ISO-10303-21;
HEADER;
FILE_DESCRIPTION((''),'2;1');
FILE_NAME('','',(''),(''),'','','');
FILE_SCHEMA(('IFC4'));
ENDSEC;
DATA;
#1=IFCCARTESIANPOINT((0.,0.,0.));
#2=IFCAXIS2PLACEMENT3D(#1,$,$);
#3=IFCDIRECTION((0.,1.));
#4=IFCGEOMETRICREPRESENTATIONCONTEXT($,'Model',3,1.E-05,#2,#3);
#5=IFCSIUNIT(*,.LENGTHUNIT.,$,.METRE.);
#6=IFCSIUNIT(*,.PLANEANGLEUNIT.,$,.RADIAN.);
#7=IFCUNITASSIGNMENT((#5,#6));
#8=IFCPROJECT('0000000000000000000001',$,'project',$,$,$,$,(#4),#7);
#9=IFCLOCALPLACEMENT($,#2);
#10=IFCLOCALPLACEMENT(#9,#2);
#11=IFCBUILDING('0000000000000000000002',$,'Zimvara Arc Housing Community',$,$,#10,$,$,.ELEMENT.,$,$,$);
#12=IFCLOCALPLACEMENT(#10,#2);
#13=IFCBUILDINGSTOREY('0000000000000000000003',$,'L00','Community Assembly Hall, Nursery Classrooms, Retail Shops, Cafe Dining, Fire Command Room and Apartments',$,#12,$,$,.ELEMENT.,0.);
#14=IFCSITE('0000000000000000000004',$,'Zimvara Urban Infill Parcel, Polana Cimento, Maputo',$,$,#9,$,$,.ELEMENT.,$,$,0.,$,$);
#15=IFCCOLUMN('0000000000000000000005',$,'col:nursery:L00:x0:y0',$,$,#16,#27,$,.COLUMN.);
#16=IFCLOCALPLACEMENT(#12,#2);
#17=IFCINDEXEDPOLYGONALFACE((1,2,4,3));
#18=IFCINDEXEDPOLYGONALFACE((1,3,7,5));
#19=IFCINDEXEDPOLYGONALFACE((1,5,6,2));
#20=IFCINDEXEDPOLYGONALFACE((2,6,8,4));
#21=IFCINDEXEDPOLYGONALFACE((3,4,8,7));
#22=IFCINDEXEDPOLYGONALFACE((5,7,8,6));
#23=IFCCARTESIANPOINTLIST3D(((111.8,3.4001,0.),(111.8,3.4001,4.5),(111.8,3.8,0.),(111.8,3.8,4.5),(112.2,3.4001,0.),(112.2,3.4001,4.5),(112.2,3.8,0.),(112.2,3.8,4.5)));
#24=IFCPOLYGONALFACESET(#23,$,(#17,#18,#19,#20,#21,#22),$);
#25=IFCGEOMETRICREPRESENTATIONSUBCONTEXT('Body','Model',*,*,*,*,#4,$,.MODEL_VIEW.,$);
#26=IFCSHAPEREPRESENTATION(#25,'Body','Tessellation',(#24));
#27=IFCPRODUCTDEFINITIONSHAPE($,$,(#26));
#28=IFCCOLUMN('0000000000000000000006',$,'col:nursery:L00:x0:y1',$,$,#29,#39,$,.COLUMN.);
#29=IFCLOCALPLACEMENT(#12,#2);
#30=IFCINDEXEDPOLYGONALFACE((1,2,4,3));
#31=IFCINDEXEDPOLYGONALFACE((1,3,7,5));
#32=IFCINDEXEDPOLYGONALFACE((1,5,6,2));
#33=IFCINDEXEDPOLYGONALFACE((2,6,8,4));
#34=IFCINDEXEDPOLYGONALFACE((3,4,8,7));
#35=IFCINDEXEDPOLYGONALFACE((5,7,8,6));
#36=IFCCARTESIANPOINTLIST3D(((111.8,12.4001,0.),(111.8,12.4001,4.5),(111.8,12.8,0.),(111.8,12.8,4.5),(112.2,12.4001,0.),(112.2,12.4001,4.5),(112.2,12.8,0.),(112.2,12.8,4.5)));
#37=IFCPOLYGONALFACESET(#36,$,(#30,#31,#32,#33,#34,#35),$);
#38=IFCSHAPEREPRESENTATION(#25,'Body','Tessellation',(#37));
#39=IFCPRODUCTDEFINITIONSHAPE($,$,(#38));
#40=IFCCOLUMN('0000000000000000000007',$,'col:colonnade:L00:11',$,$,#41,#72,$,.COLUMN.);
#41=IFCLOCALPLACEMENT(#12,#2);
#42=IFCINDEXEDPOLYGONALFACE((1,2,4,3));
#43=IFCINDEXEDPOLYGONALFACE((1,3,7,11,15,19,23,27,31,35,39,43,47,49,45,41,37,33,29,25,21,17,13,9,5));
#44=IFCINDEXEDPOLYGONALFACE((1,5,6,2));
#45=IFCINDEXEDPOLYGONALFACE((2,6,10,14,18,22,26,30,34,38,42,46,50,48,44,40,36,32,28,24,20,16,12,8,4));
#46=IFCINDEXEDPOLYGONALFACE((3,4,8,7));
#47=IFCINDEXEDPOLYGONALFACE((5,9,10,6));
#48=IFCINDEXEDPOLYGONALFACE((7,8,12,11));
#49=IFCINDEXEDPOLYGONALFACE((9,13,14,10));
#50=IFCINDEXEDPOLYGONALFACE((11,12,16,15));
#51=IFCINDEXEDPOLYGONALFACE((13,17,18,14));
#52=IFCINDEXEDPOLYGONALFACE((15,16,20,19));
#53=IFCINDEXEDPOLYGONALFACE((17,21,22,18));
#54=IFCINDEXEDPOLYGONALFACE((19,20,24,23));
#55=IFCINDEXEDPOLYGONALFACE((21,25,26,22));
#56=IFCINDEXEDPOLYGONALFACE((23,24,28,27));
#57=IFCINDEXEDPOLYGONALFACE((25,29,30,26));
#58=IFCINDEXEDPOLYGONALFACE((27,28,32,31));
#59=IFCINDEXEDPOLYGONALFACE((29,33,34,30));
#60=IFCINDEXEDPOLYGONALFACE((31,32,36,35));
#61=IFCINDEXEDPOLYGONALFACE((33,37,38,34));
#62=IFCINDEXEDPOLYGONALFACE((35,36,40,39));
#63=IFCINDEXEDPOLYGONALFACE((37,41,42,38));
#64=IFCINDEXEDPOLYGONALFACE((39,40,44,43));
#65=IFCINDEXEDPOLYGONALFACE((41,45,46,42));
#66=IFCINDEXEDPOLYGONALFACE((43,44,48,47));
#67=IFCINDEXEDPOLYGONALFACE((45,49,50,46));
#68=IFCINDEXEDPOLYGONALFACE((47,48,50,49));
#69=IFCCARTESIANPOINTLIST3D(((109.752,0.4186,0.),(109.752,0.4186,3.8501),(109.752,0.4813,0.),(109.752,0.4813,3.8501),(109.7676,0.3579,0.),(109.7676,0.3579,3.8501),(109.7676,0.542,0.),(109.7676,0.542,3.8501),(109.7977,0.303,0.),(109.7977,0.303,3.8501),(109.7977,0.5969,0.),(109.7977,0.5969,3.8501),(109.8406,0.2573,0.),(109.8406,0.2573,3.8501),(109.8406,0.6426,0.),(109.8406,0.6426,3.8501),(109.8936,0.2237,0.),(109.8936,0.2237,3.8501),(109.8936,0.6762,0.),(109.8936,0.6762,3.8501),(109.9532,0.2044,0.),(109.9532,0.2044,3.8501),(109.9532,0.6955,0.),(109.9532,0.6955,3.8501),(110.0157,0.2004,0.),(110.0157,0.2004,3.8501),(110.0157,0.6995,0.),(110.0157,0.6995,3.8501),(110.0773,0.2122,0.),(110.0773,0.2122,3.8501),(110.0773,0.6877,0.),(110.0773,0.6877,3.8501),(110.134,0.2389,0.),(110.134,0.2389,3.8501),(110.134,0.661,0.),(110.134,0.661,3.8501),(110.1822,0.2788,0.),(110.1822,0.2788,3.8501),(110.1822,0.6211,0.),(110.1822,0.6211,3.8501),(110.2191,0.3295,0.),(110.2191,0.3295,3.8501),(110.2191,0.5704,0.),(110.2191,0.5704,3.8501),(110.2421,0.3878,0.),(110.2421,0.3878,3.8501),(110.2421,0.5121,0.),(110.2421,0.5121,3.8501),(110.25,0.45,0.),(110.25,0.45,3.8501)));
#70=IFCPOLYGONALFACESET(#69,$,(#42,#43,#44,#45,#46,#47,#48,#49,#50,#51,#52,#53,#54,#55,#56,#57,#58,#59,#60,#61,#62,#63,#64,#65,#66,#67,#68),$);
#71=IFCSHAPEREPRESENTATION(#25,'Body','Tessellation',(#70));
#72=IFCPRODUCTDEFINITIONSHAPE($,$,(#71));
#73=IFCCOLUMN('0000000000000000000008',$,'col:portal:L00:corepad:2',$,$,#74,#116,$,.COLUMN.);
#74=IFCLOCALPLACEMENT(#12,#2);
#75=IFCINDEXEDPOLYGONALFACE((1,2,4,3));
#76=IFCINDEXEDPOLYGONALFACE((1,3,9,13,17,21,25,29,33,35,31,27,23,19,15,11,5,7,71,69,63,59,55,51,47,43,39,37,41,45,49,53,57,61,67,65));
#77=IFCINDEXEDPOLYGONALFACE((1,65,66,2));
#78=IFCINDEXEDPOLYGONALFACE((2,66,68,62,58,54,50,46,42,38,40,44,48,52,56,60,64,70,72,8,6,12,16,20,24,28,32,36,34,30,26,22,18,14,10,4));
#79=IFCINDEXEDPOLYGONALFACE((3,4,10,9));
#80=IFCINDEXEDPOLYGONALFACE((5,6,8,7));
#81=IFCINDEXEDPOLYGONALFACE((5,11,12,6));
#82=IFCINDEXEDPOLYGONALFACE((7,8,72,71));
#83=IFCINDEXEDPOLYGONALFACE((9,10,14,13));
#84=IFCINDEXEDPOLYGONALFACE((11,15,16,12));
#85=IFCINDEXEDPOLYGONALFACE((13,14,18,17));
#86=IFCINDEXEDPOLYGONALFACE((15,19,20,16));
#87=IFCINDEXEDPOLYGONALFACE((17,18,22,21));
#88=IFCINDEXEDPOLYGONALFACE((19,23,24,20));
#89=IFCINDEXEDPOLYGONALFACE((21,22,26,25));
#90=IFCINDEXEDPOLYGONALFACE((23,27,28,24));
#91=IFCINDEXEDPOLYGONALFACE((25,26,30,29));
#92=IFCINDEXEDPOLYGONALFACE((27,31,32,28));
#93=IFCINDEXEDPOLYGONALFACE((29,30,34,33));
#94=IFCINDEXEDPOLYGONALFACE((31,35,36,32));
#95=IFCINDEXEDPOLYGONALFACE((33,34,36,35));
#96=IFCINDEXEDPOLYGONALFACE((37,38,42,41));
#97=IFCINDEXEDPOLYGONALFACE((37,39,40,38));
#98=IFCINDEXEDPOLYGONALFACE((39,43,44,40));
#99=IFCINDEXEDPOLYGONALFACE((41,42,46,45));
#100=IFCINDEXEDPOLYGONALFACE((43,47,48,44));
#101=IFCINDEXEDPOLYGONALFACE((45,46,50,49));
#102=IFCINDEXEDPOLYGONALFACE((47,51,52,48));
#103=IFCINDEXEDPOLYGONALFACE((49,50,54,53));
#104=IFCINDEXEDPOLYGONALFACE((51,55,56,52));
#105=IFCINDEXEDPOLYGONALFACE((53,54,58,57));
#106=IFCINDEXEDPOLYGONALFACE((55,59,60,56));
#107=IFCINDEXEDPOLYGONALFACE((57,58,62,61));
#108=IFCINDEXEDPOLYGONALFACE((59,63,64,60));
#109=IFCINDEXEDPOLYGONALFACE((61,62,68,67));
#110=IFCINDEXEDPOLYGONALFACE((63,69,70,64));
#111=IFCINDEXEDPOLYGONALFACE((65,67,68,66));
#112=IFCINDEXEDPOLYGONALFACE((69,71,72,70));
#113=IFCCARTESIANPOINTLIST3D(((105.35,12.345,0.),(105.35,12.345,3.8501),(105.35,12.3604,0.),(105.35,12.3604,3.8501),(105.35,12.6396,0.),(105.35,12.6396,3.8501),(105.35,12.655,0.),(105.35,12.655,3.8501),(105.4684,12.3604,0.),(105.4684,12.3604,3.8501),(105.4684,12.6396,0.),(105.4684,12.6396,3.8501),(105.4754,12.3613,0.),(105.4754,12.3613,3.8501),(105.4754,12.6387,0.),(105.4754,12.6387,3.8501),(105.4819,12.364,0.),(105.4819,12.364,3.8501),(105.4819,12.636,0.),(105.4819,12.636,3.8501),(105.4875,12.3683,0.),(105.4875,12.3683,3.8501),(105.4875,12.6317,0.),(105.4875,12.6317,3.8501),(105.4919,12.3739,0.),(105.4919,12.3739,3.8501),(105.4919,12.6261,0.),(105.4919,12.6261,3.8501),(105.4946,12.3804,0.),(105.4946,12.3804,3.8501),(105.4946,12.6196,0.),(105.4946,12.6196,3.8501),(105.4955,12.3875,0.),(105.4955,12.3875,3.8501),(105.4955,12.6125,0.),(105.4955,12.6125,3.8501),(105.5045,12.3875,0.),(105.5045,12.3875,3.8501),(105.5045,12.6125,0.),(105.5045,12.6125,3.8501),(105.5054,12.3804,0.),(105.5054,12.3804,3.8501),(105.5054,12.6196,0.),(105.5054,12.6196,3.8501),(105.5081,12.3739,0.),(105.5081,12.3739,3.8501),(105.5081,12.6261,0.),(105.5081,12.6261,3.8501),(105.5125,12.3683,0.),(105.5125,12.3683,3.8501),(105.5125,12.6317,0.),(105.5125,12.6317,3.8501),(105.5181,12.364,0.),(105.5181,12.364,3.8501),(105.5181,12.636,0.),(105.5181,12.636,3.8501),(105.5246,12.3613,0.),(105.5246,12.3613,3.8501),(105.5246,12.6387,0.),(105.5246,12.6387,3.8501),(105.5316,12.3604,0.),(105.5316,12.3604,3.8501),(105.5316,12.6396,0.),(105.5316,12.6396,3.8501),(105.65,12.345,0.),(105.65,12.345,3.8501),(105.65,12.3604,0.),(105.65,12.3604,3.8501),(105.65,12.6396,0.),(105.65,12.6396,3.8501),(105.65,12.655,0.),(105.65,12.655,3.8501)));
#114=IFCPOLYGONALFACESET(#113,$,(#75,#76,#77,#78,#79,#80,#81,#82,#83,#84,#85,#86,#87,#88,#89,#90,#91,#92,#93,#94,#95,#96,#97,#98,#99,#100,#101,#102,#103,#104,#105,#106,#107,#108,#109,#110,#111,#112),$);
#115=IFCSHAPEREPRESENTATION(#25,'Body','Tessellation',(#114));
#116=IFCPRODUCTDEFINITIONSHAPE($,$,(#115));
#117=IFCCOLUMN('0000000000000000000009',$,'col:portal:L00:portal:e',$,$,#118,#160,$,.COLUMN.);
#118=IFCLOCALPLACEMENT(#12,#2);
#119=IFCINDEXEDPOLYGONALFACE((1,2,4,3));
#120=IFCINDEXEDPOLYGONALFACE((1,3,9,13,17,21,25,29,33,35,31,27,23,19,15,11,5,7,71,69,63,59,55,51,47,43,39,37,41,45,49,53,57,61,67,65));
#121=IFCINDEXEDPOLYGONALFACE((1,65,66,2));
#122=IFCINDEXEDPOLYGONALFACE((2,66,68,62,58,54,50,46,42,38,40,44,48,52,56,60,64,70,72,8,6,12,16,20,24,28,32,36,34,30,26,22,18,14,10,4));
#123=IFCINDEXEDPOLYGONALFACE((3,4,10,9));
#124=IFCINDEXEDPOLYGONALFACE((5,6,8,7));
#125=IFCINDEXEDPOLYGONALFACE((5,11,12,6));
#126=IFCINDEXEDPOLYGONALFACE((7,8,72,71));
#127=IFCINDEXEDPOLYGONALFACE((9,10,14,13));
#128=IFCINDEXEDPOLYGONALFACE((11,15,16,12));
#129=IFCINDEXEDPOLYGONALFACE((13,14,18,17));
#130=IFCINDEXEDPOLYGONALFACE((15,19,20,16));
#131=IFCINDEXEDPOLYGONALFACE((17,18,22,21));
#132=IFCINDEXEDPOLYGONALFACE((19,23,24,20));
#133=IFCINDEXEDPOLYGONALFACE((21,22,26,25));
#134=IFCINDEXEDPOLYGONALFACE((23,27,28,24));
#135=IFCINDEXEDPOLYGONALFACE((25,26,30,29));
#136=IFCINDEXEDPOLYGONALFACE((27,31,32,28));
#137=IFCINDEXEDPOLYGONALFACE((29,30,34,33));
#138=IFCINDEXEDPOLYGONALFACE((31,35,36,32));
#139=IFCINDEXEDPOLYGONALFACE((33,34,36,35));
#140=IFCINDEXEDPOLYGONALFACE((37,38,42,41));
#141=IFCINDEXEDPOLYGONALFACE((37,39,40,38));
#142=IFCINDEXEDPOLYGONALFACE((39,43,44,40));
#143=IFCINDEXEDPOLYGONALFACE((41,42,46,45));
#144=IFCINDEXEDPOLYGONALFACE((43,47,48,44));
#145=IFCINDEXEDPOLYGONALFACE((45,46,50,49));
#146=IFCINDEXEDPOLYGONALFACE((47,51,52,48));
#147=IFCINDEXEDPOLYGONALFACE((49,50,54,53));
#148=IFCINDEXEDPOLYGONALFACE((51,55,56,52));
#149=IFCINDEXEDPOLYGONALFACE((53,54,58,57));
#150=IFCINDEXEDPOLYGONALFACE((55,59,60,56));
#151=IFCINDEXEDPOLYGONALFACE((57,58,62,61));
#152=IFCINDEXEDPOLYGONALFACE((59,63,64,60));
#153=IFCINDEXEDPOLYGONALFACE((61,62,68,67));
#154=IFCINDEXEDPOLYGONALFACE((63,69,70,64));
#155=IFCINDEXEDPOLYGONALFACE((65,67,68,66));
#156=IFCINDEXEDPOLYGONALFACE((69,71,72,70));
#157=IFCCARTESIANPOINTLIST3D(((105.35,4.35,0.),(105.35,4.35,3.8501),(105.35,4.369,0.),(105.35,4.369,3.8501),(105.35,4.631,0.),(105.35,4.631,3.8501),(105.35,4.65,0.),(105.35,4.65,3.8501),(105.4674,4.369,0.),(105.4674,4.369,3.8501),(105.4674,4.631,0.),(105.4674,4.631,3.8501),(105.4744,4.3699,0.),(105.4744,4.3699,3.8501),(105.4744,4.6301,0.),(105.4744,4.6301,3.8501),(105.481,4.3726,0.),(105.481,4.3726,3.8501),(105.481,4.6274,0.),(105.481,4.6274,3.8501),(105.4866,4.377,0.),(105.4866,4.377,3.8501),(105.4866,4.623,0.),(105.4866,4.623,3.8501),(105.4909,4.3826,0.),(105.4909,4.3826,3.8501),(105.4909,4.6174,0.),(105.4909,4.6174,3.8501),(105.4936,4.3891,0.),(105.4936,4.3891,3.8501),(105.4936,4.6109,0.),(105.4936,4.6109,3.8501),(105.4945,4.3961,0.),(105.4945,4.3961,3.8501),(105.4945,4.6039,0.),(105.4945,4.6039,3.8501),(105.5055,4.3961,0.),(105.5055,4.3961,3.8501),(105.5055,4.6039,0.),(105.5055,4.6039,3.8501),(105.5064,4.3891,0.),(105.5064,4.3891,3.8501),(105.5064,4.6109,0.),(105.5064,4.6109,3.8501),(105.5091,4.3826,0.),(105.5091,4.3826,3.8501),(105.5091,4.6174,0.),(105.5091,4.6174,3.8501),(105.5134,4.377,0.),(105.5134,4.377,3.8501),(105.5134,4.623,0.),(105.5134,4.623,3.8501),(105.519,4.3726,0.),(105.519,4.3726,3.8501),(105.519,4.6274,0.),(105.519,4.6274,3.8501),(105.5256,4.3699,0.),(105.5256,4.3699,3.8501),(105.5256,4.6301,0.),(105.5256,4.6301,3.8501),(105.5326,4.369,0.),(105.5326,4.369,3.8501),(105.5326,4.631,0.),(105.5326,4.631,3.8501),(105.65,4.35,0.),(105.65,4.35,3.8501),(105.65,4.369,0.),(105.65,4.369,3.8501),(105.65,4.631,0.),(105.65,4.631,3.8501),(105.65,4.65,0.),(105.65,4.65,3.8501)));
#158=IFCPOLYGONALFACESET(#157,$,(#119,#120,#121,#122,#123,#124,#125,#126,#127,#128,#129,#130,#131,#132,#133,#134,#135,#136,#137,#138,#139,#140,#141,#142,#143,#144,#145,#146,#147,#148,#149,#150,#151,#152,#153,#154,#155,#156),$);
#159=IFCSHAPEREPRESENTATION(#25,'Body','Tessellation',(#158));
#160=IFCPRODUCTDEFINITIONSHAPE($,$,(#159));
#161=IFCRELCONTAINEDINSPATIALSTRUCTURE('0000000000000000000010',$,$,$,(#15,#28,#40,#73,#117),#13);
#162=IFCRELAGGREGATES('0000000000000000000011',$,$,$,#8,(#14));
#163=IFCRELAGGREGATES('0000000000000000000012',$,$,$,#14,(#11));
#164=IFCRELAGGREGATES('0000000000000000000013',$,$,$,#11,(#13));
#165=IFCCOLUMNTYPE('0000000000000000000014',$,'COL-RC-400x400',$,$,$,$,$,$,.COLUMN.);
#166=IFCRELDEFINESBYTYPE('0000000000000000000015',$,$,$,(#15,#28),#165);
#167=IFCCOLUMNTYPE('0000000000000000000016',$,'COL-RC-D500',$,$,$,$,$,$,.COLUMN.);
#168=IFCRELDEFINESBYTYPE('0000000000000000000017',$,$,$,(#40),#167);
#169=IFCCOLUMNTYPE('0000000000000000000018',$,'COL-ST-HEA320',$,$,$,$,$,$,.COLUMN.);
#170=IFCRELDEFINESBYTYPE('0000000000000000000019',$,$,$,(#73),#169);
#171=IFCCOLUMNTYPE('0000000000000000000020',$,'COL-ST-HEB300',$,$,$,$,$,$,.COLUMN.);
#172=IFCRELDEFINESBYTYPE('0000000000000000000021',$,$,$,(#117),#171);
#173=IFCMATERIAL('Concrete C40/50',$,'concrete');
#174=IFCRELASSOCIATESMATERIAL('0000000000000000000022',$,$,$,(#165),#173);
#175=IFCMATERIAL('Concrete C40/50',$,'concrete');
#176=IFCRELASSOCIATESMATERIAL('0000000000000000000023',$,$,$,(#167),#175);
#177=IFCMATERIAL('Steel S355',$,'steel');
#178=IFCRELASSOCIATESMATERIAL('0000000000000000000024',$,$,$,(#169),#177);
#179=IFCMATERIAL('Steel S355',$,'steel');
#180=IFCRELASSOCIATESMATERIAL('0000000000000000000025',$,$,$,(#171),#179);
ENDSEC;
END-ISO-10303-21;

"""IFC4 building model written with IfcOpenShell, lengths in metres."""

from ifc_helpers import new_model, si_unit, direction, frame, origin, origin_2d, place, context, subcontext, project, spatial, rectangle, circle, i_section, extrude, material, material_profile, profile_set, type_object, element, save


model = new_model("IFC4")

# Units and contexts
model_context = context("Model", 3, precision=1e-05, world=origin(), true_north=direction((0.0, 1.0)))
body_context = subcontext(model_context, "Body", "Model", "MODEL_VIEW")
ifc_project = project(units=[si_unit("LENGTHUNIT", "METRE"), si_unit("PLANEANGLEUNIT", "RADIAN")], contexts=[model_context])

# Site, building, storey
site_placement = place(None, origin())
site = spatial("IfcSite", under=ifc_project, at=site_placement, Name="Zimvara Urban Infill Parcel, Polana Cimento, Maputo", CompositionType="ELEMENT", RefElevation=0.0)
building_placement = place(site_placement, origin())
building = spatial("IfcBuilding", under=site, at=building_placement, Name="Zimvara Arc Housing Community", CompositionType="ELEMENT")
storey_placement = place(building_placement, origin())
storey = spatial("IfcBuildingStorey", under=building, at=storey_placement, Name="L00", Description="Community Assembly Hall, Nursery Classrooms, Retail Shops, Cafe Dining, Fire Command Room and Apartments", CompositionType="ELEMENT", Elevation=0.0)

# Columns
ifc_material_1 = material(Name="Concrete C40/50", Category="concrete")
ifc_material_profile_1 = material_profile(ifc_material_1, rectangle(XDim=0.3999, YDim=0.3999, at=origin_2d()), Name="RC 400x400")
ifc_profile_set_1 = profile_set([ifc_material_profile_1], Name="Concrete C40/50")
column_type_1 = type_object("IfcColumnType", Name="COL-RC-400x400", PredefinedType="COLUMN", material=ifc_profile_set_1)
for number, where, z_axis, x_axis, name in (
    (1, (112.0, 3.6001, 0.0), (0.0, 0.0, 1.0), (1.0, 0.0, 0.0), "col:nursery:L00:x0:y0"),
    (2, (112.0, 12.6001, 0.0), (0.0, 0.0, 1.0), (1.0, 0.0, 0.0), "col:nursery:L00:x0:y1"),
):
    element("IfcColumn", number, at=place(storey_placement, frame(where, z_axis=z_axis, x_axis=x_axis)), inside=storey, type_object=column_type_1, Name=name, PredefinedType="COLUMN", context=body_context, shape_type="SweptSolid", body=[
        extrude(rectangle(XDim=0.3999, YDim=0.3999, at=origin_2d()), origin(), (0.0, 0.0, 1.0), 4.5),
    ])
ifc_material_2 = material(Name="Concrete C40/50", Category="concrete")
ifc_material_profile_2 = material_profile(ifc_material_2, circle(Radius=0.25, at=origin_2d()), Name="RC D500")
ifc_profile_set_2 = profile_set([ifc_material_profile_2], Name="Concrete C40/50")
column_type_2 = type_object("IfcColumnType", Name="COL-RC-D500", PredefinedType="COLUMN", material=ifc_profile_set_2)
column_1_placement = place(storey_placement, frame((110.0, 0.45, 0.0), z_axis=(0.0, 0.0, 1.0), x_axis=(1.0, 0.0, 0.0)))
element("IfcColumn", 3, at=column_1_placement, inside=storey, type_object=column_type_2, Name="col:colonnade:L00:11", PredefinedType="COLUMN", context=body_context, shape_type="SweptSolid", body=[
    extrude(circle(Radius=0.25, at=origin_2d()), origin(), (0.0, 0.0, 1.0), 3.8501),
])
ifc_material_3 = material(Name="Steel S355", Category="steel")
ifc_material_profile_3 = material_profile(ifc_material_3, i_section(OverallWidth=0.3, OverallDepth=0.3101, WebThickness=0.009, FlangeThickness=0.0154, FilletRadius=0.0271, at=origin_2d()), Name="HEA 320")
ifc_profile_set_3 = profile_set([ifc_material_profile_3], Name="Steel S355")
column_type_3 = type_object("IfcColumnType", Name="COL-ST-HEA320", PredefinedType="COLUMN", material=ifc_profile_set_3)
column_2_placement = place(storey_placement, frame((105.5, 12.5, 0.0), z_axis=(0.0, 0.0, 1.0), x_axis=(1.0, 0.0, 0.0)))
element("IfcColumn", 4, at=column_2_placement, inside=storey, type_object=column_type_3, Name="col:portal:L00:corepad:2", PredefinedType="COLUMN", context=body_context, shape_type="SweptSolid", body=[
    extrude(i_section(OverallWidth=0.3, OverallDepth=0.3101, WebThickness=0.009, FlangeThickness=0.0154, FilletRadius=0.0271, at=origin_2d()), origin(), (0.0, 0.0, 1.0), 3.8501),
])
ifc_material_4 = material(Name="Steel S355", Category="steel")
ifc_material_profile_4 = material_profile(ifc_material_4, i_section(OverallWidth=0.3, OverallDepth=0.3, WebThickness=0.011, FlangeThickness=0.019, FilletRadius=0.0271, at=origin_2d()), Name="HEB 300")
ifc_profile_set_4 = profile_set([ifc_material_profile_4], Name="Steel S355")
column_type_4 = type_object("IfcColumnType", Name="COL-ST-HEB300", PredefinedType="COLUMN", material=ifc_profile_set_4)
column_3_placement = place(storey_placement, frame((105.5, 4.5, 0.0), z_axis=(0.0, 0.0, 1.0), x_axis=(1.0, 0.0, 0.0)))
element("IfcColumn", 5, at=column_3_placement, inside=storey, type_object=column_type_4, Name="col:portal:L00:portal:e", PredefinedType="COLUMN", context=body_context, shape_type="SweptSolid", body=[
    extrude(i_section(OverallWidth=0.3, OverallDepth=0.3, WebThickness=0.011, FlangeThickness=0.019, FilletRadius=0.0271, at=origin_2d()), origin(), (0.0, 0.0, 1.0), 3.8501),
])

save(model, "model.ifc")
